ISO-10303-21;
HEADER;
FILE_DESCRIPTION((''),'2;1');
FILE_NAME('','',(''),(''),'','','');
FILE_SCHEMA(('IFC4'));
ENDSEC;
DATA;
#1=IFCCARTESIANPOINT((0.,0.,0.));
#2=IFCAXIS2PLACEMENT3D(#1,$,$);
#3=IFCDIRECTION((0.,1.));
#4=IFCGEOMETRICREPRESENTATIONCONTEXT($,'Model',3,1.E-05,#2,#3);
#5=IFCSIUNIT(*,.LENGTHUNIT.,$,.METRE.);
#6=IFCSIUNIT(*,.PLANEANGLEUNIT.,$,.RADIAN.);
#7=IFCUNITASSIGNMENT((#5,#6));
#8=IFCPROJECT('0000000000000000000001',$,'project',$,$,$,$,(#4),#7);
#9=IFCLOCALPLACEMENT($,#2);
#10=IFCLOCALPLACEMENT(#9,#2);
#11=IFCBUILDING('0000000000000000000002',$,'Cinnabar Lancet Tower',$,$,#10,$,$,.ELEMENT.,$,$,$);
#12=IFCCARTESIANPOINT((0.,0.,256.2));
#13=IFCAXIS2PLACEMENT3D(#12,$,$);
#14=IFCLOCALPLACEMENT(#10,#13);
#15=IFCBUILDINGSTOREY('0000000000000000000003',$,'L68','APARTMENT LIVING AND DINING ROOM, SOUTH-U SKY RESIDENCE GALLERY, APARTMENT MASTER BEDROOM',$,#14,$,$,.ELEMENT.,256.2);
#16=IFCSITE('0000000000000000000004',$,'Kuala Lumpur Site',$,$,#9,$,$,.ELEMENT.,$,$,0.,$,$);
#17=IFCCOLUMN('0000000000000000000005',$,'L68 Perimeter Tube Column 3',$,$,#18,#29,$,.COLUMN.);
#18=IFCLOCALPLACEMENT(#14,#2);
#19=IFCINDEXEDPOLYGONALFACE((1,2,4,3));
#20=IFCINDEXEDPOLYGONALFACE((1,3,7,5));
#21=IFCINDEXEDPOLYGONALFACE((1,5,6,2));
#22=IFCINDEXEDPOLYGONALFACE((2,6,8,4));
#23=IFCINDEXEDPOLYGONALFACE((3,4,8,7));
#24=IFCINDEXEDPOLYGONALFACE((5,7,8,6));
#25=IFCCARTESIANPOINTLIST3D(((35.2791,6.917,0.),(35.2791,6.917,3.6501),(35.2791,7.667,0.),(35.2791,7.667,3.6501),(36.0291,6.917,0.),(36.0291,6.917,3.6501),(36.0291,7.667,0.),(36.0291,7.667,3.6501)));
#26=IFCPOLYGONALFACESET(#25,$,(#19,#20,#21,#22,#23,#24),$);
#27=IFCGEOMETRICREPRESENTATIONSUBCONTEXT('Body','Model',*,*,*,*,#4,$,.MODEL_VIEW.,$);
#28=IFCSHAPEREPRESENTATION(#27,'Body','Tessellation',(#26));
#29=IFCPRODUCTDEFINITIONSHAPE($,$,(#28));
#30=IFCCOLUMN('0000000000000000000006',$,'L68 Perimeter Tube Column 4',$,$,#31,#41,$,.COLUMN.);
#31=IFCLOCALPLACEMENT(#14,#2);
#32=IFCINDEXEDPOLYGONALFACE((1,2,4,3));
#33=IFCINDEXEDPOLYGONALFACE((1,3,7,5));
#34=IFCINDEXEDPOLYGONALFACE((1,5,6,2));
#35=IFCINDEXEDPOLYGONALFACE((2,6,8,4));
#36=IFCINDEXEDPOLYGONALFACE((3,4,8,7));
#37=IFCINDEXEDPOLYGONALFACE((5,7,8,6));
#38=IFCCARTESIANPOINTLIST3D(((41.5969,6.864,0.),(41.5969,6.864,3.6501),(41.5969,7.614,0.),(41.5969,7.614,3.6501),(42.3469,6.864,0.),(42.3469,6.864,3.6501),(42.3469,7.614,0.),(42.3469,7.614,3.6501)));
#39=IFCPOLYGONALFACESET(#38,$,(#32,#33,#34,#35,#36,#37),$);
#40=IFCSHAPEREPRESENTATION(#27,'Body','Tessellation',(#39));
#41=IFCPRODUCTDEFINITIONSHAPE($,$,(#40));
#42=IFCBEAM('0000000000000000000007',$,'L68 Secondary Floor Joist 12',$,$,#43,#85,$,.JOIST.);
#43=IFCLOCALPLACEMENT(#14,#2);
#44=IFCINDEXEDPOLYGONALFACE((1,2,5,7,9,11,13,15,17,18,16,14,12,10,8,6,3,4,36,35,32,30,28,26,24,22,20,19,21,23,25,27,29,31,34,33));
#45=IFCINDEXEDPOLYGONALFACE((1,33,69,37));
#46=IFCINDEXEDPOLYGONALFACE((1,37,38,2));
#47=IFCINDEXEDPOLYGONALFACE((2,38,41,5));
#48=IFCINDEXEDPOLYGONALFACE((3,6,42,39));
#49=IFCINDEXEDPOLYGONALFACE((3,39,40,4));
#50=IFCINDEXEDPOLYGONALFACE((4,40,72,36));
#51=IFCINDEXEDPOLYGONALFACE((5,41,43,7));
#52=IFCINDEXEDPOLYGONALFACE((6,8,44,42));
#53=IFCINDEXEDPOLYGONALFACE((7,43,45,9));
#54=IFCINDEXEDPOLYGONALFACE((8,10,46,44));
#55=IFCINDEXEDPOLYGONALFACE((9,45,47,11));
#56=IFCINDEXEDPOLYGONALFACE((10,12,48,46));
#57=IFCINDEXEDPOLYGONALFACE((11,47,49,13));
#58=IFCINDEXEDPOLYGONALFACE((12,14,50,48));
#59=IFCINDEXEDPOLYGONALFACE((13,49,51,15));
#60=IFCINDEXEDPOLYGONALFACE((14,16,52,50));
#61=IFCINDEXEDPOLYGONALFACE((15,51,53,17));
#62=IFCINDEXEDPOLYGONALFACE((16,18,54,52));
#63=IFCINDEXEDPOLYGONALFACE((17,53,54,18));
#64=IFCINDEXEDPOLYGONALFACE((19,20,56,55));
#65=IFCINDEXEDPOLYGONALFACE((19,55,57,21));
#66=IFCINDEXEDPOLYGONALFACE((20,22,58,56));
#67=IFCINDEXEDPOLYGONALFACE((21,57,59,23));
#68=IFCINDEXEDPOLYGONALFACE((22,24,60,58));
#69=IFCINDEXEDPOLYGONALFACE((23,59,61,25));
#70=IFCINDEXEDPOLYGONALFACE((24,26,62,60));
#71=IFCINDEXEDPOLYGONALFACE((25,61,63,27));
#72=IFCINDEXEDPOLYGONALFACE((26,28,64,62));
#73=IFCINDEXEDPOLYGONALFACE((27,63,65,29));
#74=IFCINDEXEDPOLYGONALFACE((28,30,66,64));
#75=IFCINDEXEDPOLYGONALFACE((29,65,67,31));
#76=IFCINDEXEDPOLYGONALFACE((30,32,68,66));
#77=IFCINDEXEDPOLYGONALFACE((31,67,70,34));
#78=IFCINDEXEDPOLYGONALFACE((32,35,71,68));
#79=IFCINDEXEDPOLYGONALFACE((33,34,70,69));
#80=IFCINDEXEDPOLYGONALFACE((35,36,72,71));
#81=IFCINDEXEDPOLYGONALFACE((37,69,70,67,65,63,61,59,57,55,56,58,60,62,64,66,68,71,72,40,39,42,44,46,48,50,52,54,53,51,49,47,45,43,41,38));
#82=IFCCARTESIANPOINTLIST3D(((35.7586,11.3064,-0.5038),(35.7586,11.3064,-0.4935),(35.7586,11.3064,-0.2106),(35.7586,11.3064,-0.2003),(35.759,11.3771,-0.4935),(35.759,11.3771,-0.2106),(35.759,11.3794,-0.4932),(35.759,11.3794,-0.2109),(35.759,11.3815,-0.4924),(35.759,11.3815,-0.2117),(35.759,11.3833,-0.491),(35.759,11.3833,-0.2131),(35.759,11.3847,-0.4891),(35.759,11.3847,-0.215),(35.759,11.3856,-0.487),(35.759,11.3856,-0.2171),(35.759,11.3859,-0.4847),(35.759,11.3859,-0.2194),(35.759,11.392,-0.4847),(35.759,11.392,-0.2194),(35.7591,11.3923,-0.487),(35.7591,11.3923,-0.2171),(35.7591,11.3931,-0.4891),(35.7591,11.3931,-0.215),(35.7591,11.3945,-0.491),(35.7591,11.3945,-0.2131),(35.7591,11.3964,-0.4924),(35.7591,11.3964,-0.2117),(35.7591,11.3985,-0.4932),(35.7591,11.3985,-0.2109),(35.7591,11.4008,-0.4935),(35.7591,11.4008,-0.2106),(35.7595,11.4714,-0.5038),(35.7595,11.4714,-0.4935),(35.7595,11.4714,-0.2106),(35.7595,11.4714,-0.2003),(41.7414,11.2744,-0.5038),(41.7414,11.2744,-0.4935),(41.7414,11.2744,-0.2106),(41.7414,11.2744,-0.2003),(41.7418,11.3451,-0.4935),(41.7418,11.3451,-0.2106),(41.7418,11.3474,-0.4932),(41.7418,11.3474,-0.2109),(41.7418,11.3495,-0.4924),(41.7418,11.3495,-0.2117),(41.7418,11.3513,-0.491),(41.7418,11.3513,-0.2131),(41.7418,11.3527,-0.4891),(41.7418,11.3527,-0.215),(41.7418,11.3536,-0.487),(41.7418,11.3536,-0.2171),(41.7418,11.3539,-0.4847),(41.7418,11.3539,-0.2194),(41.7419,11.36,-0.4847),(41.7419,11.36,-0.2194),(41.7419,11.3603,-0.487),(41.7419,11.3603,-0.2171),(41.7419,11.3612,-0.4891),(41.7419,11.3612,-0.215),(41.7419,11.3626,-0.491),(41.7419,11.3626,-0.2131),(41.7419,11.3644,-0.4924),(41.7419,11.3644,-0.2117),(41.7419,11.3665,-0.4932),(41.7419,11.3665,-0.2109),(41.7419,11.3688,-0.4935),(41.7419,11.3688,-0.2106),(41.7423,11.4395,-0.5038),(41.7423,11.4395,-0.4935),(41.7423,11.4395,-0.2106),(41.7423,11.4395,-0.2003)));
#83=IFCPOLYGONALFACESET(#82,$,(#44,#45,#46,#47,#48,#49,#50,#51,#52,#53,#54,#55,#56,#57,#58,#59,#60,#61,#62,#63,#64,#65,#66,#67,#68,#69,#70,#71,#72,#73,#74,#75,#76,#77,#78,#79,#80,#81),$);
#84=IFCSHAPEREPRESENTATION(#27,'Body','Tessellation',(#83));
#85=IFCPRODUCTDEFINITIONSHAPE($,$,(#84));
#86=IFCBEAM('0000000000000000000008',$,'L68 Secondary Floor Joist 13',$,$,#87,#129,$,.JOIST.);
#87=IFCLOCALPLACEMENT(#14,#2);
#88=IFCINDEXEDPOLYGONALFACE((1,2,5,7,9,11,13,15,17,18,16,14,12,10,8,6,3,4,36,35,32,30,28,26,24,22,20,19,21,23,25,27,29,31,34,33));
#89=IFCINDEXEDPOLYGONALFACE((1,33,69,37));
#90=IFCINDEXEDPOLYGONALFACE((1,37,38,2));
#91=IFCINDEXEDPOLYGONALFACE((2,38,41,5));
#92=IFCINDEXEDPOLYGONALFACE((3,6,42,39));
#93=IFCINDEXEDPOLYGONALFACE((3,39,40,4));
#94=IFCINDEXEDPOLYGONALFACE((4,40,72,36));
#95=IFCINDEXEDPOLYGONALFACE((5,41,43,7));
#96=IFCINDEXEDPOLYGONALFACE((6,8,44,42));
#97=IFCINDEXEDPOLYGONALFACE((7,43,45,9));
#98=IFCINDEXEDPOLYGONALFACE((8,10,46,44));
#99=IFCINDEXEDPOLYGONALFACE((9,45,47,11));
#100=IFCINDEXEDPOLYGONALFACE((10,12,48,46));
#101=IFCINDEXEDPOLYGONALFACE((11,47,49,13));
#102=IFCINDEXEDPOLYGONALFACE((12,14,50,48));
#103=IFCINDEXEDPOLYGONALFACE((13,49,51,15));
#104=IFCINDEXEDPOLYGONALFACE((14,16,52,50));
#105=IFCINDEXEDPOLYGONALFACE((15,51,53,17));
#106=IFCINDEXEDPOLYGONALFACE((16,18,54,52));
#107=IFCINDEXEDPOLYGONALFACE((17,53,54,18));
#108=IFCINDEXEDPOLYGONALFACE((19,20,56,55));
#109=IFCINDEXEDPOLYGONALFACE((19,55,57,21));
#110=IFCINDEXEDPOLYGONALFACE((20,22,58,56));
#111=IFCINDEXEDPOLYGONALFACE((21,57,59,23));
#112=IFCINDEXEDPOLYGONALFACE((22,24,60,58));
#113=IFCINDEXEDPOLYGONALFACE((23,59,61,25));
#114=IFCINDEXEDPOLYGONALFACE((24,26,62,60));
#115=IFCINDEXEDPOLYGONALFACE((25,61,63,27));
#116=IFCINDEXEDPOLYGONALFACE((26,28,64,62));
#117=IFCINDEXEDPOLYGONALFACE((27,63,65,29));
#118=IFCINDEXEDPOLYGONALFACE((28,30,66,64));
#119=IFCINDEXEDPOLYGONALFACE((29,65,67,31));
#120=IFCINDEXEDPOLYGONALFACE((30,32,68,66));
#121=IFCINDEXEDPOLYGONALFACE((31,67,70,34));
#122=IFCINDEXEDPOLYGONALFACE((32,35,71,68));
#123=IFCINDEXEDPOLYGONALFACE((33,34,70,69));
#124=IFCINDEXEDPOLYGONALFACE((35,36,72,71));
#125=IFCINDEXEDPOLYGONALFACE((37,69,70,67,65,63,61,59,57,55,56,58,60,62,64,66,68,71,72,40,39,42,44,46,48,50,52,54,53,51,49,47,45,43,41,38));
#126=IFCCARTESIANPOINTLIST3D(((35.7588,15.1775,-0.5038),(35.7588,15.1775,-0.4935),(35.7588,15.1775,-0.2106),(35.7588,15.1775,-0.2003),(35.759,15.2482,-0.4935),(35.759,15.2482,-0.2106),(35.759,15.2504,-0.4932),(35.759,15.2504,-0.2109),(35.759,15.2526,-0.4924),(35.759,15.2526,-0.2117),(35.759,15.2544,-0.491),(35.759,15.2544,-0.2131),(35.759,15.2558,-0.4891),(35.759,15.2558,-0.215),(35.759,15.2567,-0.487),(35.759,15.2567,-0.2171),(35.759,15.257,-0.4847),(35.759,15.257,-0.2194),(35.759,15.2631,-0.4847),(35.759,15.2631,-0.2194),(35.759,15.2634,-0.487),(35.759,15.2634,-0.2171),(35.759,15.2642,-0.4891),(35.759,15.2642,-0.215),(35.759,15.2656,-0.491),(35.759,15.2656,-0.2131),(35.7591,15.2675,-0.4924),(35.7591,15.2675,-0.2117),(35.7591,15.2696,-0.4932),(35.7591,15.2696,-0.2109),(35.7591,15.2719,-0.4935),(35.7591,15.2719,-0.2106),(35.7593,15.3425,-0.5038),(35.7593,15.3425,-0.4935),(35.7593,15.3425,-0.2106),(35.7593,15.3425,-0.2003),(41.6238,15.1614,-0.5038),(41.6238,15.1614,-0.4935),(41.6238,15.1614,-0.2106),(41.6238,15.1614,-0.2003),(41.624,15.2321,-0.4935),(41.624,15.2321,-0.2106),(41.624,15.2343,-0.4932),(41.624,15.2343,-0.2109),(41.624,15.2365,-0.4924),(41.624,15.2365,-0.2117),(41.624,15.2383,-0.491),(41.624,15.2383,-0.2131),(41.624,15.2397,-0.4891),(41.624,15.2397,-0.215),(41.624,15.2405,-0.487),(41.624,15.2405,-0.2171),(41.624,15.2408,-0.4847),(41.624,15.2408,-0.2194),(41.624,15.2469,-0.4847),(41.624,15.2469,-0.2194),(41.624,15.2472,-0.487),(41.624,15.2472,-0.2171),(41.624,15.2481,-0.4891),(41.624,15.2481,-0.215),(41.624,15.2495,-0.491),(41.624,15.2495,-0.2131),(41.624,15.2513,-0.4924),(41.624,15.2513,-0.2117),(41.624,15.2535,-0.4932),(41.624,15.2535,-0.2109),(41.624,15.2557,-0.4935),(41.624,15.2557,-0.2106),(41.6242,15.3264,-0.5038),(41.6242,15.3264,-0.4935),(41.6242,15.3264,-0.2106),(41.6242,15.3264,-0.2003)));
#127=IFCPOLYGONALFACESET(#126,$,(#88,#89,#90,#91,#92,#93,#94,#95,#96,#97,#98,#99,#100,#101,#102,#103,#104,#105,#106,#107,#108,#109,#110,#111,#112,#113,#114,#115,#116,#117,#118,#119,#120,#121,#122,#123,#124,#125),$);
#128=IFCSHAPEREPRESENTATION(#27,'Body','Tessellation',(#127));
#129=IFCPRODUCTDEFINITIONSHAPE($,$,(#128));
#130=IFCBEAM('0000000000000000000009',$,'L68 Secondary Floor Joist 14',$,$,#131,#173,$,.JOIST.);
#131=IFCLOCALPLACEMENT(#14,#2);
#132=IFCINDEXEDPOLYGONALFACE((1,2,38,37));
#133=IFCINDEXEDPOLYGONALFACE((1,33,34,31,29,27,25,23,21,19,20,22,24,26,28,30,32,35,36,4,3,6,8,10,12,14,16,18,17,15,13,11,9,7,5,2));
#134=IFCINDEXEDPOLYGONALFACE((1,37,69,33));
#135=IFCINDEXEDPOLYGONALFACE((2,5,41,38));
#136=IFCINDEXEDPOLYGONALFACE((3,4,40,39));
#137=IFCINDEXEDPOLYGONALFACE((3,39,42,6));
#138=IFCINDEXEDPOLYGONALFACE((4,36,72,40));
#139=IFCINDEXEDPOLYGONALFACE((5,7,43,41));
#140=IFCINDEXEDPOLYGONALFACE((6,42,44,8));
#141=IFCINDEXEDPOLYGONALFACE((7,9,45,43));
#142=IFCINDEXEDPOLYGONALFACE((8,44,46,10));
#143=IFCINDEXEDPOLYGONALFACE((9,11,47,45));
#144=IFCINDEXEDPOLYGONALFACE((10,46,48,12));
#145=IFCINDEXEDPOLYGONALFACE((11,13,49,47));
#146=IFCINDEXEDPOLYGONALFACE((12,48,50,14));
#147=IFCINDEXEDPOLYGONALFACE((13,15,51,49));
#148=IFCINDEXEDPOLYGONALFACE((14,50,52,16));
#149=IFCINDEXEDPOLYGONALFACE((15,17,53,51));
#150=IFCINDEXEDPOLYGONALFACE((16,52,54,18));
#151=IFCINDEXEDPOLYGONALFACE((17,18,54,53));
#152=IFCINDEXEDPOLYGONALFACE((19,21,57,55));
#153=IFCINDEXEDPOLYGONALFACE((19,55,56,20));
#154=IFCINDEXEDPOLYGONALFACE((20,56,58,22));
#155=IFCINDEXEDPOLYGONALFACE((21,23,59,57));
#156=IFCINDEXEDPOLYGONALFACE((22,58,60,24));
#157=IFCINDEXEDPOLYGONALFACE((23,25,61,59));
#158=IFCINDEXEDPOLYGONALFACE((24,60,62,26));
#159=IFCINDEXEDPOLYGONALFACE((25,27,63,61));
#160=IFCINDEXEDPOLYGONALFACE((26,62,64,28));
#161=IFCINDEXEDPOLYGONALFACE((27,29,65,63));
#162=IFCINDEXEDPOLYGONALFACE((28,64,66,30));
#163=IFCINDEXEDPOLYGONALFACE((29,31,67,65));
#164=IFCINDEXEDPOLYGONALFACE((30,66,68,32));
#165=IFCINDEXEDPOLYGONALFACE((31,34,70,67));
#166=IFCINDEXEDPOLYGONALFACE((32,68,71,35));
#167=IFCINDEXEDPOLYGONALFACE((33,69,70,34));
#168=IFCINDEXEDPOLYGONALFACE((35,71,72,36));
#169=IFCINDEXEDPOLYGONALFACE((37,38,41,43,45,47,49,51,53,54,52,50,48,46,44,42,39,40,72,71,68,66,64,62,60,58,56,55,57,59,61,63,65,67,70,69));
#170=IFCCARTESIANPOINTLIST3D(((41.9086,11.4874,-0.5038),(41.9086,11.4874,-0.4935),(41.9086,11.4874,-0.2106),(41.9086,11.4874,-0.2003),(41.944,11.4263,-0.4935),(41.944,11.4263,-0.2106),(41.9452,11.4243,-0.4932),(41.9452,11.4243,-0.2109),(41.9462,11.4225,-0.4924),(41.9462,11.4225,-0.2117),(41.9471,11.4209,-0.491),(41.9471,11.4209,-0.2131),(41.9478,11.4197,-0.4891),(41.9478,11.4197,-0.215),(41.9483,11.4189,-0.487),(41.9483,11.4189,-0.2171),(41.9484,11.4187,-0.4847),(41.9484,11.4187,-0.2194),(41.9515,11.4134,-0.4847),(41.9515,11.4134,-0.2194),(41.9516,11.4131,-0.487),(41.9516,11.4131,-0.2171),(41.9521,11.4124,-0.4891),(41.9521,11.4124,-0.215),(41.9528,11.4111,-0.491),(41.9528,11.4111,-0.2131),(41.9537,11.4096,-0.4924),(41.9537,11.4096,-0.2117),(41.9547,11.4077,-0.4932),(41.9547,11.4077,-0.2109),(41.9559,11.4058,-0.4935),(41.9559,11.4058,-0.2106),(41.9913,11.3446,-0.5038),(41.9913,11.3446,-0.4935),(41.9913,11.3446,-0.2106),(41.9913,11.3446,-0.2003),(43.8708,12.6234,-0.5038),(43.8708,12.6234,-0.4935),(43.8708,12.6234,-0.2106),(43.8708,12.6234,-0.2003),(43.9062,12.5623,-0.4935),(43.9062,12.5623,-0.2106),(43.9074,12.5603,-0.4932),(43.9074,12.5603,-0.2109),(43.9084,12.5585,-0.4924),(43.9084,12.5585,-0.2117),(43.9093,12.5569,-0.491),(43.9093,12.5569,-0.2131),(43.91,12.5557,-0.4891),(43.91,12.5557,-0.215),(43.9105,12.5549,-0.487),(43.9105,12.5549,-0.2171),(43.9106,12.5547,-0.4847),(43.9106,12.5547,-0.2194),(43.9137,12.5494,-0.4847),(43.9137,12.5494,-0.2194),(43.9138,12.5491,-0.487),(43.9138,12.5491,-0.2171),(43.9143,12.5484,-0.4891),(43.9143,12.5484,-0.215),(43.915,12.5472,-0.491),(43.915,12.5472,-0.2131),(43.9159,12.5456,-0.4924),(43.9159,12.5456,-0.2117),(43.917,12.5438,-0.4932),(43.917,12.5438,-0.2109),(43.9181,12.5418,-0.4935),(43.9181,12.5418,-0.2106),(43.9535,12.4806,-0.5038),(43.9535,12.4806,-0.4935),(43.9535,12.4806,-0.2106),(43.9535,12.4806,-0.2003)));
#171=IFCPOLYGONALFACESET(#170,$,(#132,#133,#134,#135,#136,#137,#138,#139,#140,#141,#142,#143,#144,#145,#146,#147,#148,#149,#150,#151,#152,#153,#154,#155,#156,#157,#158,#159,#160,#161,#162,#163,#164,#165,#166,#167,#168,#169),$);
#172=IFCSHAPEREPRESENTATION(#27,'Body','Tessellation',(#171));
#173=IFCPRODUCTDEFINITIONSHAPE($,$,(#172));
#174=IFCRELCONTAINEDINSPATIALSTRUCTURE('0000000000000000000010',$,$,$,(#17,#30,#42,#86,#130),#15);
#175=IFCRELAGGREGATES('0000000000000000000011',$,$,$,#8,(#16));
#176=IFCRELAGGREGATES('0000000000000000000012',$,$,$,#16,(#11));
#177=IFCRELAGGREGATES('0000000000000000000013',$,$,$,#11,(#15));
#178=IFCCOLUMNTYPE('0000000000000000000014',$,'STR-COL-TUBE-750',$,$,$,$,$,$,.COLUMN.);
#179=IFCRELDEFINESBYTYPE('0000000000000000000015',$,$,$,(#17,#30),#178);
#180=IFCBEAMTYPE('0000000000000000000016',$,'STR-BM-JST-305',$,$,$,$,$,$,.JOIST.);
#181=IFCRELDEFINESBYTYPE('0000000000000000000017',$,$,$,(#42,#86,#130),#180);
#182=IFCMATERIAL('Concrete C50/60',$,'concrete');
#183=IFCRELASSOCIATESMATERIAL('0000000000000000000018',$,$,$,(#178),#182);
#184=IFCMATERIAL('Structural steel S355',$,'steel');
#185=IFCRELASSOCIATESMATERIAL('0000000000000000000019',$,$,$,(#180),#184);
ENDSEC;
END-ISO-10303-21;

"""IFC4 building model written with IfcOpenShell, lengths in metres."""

from ifc_helpers import new_model, si_unit, direction, frame, origin, origin_2d, place, context, subcontext, project, spatial, rectangle, i_section, extrude, material, material_profile, profile_set, type_object, element, save


model = new_model("IFC4")

# Units and contexts
model_context = context("Model", 3, precision=1e-05, world=origin(), true_north=direction((0.0, 1.0)))
body_context = subcontext(model_context, "Body", "Model", "MODEL_VIEW")
ifc_project = project(units=[si_unit("LENGTHUNIT", "METRE"), si_unit("PLANEANGLEUNIT", "RADIAN")], contexts=[model_context])

# Site, building, storey
site_placement = place(None, origin())
site = spatial("IfcSite", under=ifc_project, at=site_placement, Name="Kuala Lumpur Site", CompositionType="ELEMENT", RefElevation=0.0)
building_placement = place(site_placement, origin())
building = spatial("IfcBuilding", under=site, at=building_placement, Name="Cinnabar Lancet Tower", CompositionType="ELEMENT")
storey_placement = place(building_placement, frame((0.0, 0.0, 256.2)))
storey = spatial("IfcBuildingStorey", under=building, at=storey_placement, Name="L68", Description="APARTMENT LIVING AND DINING ROOM, SOUTH-U SKY RESIDENCE GALLERY, APARTMENT MASTER BEDROOM", CompositionType="ELEMENT", Elevation=256.2)

# Columns
ifc_material_1 = material(Name="Concrete C50/60", Category="concrete")
ifc_material_profile_1 = material_profile(ifc_material_1, rectangle(XDim=0.75, YDim=0.75, at=origin_2d()), Name="RC-COL 750x750")
ifc_profile_set_1 = profile_set([ifc_material_profile_1], Name="Concrete C50/60")
column_type = type_object("IfcColumnType", Name="STR-COL-TUBE-750", PredefinedType="COLUMN", material=ifc_profile_set_1)
for number, where, z_axis, x_axis, name in (
    (1, (35.6541, 7.292, 0.0), (0.0, 0.0, 1.0), (1.0, 0.0, 0.0), "L68 Perimeter Tube Column 3"),
    (2, (41.9719, 7.239, 0.0), (0.0, 0.0, 1.0), (1.0, 0.0, 0.0), "L68 Perimeter Tube Column 4"),
):
    element("IfcColumn", number, at=place(storey_placement, frame(where, z_axis=z_axis, x_axis=x_axis)), inside=storey, type_object=column_type, Name=name, PredefinedType="COLUMN", context=body_context, shape_type="SweptSolid", body=[
        extrude(rectangle(XDim=0.75, YDim=0.75, at=origin_2d()), origin(), (0.0, 0.0, 1.0), 3.6501),
    ])

# Beams
ifc_material_2 = material(Name="Structural steel S355", Category="steel")
ifc_material_profile_2 = material_profile(ifc_material_2, i_section(OverallWidth=0.165, OverallDepth=0.3035, WebThickness=0.0061, FlangeThickness=0.0103, FilletRadius=0.0088, at=origin_2d()), Name="UKB 305x165x40")
ifc_profile_set_2 = profile_set([ifc_material_profile_2], Name="Structural steel S355")
beam_type_1 = type_object("IfcBeamType", Name="STR-BM-JST-305", PredefinedType="JOIST", material=ifc_profile_set_2)
beam_1_placement = place(storey_placement, frame((35.759, 11.3889, -0.3521), z_axis=(0.999986, -0.005346, 0.0), x_axis=(0.005346, 0.999986, 0.0)))
element("IfcBeam", 3, at=beam_1_placement, inside=storey, type_object=beam_type_1, Name="L68 Secondary Floor Joist 12", PredefinedType="JOIST", context=body_context, shape_type="SweptSolid", body=[
    extrude(i_section(OverallWidth=0.165, OverallDepth=0.3035, WebThickness=0.0061, FlangeThickness=0.0103, FilletRadius=0.0088, at=origin_2d()), origin(), (0.0, 0.0, 1.0), 5.9829),
])
beam_2_placement = place(storey_placement, frame((35.759, 15.26, -0.3521), z_axis=(0.999996, -0.002747, 0.0), x_axis=(0.002747, 0.999996, 0.0)))
element("IfcBeam", 4, at=beam_2_placement, inside=storey, type_object=beam_type_1, Name="L68 Secondary Floor Joist 13", PredefinedType="JOIST", context=body_context, shape_type="SweptSolid", body=[
    extrude(i_section(OverallWidth=0.165, OverallDepth=0.3035, WebThickness=0.0061, FlangeThickness=0.0103, FilletRadius=0.0088, at=origin_2d()), origin(), (0.0, 0.0, 1.0), 5.865),
])
beam_3_placement = place(storey_placement, frame((41.95, 11.416, -0.3521), z_axis=(0.865426, 0.501036, 0.0), x_axis=(-0.501036, 0.865426, 0.0)))
element("IfcBeam", 5, at=beam_3_placement, inside=storey, type_object=beam_type_1, Name="L68 Secondary Floor Joist 14", PredefinedType="JOIST", context=body_context, shape_type="SweptSolid", body=[
    extrude(i_section(OverallWidth=0.165, OverallDepth=0.3035, WebThickness=0.0061, FlangeThickness=0.0103, FilletRadius=0.0088, at=origin_2d()), origin(), (0.0, 0.0, 1.0), 2.2673),
])

save(model, "model.ifc")
